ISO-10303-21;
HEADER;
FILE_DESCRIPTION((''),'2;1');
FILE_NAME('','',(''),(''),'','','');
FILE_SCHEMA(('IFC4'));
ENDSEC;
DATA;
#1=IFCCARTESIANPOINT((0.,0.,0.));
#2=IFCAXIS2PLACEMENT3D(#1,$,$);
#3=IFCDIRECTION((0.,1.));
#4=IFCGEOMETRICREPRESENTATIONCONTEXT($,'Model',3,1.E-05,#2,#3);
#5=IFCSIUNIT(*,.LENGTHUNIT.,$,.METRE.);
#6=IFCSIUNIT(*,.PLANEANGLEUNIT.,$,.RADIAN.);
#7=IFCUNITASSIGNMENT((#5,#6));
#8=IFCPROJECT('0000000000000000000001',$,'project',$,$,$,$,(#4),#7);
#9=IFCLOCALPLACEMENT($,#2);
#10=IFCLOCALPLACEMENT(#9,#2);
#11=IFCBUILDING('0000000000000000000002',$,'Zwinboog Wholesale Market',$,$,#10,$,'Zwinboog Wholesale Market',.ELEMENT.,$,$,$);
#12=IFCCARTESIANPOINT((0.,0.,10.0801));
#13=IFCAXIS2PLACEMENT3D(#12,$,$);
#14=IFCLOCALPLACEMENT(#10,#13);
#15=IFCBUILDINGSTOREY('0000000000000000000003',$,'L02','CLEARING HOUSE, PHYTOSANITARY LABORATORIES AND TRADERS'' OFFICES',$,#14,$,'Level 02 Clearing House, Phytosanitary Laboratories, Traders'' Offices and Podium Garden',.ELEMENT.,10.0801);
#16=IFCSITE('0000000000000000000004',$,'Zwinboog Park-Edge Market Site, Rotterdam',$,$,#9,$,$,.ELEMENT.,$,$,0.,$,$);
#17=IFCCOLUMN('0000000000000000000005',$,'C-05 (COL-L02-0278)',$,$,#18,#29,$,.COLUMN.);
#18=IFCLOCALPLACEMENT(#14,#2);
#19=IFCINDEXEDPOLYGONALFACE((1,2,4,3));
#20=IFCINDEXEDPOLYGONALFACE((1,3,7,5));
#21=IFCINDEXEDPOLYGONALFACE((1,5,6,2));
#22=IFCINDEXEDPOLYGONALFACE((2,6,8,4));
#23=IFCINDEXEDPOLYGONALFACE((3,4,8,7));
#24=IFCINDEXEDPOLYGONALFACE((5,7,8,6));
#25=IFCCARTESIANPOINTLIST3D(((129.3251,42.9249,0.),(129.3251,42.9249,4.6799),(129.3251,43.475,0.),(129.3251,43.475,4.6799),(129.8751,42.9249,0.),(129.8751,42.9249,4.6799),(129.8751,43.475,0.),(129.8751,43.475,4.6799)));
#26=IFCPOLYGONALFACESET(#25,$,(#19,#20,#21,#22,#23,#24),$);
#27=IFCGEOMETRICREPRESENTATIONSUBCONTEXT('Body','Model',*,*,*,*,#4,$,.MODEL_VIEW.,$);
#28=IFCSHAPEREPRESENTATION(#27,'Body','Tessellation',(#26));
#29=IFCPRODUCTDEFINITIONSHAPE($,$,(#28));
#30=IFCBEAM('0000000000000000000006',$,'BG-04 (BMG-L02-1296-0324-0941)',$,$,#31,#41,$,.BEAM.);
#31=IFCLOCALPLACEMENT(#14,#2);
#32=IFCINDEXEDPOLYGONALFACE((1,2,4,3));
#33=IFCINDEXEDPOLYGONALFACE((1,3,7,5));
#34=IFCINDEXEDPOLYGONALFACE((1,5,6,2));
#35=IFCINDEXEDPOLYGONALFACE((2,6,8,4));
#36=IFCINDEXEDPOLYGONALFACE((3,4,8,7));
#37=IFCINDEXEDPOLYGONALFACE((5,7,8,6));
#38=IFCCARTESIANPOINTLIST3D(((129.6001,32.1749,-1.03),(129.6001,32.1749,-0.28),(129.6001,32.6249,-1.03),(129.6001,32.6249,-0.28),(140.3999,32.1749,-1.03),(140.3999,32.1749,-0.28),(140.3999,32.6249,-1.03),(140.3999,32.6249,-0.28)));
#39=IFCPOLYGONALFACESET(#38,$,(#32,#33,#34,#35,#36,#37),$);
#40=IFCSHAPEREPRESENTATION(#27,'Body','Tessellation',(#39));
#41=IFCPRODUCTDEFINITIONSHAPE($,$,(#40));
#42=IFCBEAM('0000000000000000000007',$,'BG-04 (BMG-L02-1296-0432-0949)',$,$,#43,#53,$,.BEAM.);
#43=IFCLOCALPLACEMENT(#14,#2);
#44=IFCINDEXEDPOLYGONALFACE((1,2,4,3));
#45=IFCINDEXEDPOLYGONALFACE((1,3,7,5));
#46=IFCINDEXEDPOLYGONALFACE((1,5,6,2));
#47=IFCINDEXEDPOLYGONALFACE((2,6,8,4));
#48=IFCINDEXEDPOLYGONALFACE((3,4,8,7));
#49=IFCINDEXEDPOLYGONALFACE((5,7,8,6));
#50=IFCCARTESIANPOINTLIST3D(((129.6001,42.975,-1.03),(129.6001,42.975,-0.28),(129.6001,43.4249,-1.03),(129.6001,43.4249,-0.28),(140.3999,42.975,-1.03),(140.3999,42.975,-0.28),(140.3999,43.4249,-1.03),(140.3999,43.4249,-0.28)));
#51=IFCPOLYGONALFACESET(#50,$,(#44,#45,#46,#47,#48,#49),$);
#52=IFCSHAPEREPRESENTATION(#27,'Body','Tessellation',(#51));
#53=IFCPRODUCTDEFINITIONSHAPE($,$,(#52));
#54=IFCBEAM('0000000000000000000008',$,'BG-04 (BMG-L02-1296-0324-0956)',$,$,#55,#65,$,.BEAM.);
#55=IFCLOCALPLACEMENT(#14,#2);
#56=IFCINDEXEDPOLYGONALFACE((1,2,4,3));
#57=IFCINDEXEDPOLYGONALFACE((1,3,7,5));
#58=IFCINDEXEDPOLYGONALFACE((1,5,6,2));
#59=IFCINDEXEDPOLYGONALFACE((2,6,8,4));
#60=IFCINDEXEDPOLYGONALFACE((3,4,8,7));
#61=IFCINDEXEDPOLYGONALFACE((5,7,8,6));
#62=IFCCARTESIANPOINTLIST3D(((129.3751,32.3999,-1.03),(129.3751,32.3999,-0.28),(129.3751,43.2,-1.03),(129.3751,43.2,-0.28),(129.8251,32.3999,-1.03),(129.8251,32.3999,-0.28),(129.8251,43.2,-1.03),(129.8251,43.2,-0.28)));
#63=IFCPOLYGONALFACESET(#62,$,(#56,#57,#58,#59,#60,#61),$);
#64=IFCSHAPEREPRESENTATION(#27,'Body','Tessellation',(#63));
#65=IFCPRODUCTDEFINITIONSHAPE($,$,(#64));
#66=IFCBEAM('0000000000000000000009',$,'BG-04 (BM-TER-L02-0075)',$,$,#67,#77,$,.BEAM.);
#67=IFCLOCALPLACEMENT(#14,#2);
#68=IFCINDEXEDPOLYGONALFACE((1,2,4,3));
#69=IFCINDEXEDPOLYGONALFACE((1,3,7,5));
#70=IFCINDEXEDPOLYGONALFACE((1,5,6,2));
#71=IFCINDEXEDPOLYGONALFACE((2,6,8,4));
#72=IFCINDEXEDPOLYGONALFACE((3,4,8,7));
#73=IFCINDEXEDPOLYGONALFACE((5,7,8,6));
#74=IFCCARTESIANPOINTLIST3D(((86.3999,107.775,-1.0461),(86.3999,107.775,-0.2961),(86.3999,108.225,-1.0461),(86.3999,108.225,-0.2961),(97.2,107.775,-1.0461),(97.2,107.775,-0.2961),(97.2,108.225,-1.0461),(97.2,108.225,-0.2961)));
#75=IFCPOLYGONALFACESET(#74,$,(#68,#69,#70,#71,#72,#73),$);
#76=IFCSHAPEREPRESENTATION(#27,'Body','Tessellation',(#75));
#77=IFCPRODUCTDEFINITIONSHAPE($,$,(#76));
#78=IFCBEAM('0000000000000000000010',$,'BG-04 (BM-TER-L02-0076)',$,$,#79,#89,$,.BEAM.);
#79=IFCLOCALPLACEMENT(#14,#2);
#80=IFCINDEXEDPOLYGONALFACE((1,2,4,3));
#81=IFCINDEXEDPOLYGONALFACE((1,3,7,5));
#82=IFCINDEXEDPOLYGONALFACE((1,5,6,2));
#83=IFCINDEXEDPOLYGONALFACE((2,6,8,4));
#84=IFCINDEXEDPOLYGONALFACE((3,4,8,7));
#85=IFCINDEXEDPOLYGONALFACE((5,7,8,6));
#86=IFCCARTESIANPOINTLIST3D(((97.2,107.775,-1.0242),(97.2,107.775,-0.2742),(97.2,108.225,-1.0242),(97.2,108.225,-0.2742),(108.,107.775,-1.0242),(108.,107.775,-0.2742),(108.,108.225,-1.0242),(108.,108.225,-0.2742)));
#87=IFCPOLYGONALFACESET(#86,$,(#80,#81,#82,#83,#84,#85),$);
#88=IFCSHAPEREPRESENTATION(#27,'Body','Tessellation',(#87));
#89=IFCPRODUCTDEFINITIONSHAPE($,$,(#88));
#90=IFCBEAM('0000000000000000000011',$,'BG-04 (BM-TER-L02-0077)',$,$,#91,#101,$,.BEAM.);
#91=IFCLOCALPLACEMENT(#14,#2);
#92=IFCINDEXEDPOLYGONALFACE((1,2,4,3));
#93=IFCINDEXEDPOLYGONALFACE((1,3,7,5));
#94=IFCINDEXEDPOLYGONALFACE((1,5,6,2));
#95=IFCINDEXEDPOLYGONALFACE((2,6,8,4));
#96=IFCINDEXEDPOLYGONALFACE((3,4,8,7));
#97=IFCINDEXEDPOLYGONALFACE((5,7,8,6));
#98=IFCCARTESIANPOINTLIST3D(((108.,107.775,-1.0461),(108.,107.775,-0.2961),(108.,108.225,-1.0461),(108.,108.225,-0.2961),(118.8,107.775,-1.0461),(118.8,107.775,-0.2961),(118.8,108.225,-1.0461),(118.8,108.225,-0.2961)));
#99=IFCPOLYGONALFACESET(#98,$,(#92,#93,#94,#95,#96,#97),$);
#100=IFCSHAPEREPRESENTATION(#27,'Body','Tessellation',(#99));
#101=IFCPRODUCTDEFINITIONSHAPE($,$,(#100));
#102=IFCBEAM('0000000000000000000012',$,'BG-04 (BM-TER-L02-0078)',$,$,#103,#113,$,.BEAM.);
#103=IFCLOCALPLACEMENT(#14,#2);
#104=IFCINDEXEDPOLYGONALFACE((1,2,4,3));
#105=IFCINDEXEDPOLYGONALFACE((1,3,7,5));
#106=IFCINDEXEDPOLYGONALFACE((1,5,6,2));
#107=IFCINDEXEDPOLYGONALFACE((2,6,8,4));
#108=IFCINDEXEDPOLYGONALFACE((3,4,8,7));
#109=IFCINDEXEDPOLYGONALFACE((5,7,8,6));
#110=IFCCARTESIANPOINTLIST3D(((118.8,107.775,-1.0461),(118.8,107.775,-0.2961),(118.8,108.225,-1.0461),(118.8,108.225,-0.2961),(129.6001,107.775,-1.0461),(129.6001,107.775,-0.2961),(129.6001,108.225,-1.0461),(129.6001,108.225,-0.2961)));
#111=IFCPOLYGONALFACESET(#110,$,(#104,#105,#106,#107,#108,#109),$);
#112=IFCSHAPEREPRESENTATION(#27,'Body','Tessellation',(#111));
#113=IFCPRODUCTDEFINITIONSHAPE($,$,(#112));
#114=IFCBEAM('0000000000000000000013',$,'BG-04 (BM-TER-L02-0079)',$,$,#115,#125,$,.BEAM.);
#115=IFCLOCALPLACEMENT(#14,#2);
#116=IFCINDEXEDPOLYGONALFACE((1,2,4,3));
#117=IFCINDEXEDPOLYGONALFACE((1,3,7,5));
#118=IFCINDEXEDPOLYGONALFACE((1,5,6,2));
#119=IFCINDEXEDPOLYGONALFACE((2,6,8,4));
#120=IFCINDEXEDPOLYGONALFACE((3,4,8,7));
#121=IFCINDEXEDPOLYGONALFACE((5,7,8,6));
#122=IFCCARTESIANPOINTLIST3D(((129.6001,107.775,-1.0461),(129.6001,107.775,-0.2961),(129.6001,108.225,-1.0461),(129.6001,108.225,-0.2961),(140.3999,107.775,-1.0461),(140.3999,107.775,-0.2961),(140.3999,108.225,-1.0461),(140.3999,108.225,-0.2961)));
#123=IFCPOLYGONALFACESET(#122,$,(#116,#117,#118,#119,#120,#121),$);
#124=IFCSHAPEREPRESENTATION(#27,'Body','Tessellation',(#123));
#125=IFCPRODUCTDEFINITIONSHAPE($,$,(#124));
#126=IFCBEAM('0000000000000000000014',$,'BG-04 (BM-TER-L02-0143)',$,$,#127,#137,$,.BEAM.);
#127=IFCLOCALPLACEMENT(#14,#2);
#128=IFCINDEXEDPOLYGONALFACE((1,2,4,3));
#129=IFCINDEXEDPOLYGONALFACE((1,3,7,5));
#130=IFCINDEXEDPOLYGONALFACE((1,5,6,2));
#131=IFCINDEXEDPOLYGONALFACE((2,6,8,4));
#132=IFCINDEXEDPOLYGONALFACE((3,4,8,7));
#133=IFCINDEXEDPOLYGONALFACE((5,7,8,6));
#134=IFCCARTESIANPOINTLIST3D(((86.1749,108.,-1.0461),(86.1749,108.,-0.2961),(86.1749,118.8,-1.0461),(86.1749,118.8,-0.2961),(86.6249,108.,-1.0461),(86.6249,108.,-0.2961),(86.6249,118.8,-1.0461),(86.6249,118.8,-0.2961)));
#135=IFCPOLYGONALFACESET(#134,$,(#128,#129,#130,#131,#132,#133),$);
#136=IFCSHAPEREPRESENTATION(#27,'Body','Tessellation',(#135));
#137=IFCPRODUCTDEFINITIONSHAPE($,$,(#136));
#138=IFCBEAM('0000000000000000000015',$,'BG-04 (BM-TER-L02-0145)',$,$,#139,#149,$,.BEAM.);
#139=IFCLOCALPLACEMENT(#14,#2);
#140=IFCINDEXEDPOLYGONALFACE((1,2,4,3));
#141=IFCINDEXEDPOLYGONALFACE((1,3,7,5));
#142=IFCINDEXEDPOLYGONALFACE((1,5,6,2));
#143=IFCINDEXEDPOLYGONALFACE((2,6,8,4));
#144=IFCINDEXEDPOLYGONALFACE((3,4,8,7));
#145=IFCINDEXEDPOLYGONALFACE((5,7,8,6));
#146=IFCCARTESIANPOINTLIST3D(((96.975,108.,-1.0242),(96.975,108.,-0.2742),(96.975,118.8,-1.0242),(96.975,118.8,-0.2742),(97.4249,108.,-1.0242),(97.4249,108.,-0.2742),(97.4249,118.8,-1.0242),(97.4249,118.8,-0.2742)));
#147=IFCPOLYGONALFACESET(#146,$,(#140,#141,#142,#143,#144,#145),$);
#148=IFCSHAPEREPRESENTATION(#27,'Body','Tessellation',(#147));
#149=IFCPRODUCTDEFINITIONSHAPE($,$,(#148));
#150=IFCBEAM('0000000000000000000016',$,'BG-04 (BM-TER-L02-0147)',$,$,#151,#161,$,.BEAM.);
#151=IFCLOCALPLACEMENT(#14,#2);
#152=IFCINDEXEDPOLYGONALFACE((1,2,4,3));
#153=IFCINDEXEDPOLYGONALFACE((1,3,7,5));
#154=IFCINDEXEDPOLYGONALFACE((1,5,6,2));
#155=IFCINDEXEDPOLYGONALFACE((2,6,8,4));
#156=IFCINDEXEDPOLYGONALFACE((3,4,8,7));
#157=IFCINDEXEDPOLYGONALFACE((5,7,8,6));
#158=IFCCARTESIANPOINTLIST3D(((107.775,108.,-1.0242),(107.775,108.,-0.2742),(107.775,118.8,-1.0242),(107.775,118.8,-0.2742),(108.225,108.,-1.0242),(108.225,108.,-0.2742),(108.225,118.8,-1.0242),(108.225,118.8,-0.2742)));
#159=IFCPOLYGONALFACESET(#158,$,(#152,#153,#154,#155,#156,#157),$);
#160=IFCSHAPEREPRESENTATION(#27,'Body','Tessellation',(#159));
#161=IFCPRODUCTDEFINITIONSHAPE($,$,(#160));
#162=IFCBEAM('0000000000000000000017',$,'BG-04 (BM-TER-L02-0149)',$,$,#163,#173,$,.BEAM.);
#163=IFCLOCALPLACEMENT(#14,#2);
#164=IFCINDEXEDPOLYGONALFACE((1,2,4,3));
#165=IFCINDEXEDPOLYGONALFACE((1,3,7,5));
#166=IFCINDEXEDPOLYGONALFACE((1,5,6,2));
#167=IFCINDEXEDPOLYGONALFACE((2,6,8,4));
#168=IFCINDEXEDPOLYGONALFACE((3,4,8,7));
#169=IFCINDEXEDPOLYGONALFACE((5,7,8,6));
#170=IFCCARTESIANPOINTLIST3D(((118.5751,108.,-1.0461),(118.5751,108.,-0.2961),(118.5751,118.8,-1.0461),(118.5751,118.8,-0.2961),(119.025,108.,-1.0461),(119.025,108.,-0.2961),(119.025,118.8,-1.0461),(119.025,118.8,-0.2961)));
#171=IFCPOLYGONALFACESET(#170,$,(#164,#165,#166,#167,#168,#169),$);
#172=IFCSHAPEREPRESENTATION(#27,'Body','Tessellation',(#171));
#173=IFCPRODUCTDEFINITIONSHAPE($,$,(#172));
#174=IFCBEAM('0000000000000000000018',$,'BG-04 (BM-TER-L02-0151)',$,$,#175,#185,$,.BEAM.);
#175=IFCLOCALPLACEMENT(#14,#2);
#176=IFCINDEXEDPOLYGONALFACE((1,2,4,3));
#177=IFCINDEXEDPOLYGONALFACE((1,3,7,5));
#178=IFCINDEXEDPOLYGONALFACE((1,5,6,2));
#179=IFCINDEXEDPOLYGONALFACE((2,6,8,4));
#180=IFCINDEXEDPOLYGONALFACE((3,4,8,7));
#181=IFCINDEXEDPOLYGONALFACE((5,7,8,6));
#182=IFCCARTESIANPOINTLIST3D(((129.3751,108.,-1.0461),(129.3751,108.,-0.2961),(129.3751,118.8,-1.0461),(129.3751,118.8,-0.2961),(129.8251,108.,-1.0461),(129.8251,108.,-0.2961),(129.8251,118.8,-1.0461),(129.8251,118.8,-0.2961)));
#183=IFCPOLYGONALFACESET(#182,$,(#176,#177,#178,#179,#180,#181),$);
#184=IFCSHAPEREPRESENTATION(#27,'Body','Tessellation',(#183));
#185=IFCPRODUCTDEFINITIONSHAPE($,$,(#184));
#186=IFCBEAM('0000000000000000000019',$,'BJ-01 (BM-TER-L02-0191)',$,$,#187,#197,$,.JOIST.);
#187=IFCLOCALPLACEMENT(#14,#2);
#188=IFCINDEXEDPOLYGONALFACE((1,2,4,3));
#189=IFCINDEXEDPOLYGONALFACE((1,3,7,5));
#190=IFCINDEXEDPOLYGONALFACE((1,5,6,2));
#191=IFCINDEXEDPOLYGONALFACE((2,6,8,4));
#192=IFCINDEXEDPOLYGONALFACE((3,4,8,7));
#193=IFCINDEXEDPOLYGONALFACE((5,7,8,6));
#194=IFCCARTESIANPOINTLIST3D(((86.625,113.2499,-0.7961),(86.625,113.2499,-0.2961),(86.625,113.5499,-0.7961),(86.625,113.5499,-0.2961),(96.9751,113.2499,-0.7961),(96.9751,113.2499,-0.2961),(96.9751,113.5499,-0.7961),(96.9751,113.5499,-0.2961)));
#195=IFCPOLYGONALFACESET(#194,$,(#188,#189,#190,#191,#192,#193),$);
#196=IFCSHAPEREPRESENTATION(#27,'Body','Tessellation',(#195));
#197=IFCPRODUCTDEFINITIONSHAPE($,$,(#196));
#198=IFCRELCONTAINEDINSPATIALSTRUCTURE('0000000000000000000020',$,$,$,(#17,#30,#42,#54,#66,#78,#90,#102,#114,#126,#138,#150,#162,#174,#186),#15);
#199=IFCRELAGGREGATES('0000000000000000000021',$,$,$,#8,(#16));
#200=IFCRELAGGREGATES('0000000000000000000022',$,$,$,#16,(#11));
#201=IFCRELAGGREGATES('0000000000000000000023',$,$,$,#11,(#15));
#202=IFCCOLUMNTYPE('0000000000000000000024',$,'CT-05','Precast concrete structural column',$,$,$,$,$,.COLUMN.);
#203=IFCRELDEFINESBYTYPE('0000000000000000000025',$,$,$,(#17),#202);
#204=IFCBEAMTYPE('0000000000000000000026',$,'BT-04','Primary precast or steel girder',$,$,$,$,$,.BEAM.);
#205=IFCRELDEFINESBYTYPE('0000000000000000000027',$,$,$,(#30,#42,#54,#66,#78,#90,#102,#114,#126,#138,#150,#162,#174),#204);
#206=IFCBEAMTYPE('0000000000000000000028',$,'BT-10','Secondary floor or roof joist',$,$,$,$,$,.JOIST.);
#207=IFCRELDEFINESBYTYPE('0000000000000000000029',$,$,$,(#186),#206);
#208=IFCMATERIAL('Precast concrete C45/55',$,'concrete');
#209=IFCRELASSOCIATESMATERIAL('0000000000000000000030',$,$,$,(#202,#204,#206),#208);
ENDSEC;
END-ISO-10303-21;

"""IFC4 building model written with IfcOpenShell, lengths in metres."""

from ifc_helpers import new_model, si_unit, direction, frame, origin, origin_2d, place, context, subcontext, project, spatial, rectangle, extrude, material, material_profile, profile_set, type_object, element, save


model = new_model("IFC4")

# Units and contexts
model_context = context("Model", 3, precision=1e-05, world=origin(), true_north=direction((0.0, 1.0)))
body_context = subcontext(model_context, "Body", "Model", "MODEL_VIEW")
ifc_project = project(units=[si_unit("LENGTHUNIT", "METRE"), si_unit("PLANEANGLEUNIT", "RADIAN")], contexts=[model_context])

# Site, building, storey
site_placement = place(None, origin())
site = spatial("IfcSite", under=ifc_project, at=site_placement, Name="Zwinboog Park-Edge Market Site, Rotterdam", CompositionType="ELEMENT", RefElevation=0.0)
building_placement = place(site_placement, origin())
building = spatial("IfcBuilding", under=site, at=building_placement, Name="Zwinboog Wholesale Market", LongName="Zwinboog Wholesale Market", CompositionType="ELEMENT")
storey_placement = place(building_placement, frame((0.0, 0.0, 10.0801)))
storey = spatial("IfcBuildingStorey", under=building, at=storey_placement, Name="L02", Description="CLEARING HOUSE, PHYTOSANITARY LABORATORIES AND TRADERS' OFFICES", LongName="Level 02 Clearing House, Phytosanitary Laboratories, Traders' Offices and Podium Garden", CompositionType="ELEMENT", Elevation=10.0801)

# Column
ifc_material_1 = material(Name="Precast concrete C45/55", Category="concrete")
ifc_material_profile_1 = material_profile(ifc_material_1, rectangle(XDim=0.55, YDim=0.55, at=origin_2d()), Name="PC 550x550")
ifc_profile_set_1 = profile_set([ifc_material_profile_1], Name="Precast concrete C45/55")
column_type = type_object("IfcColumnType", Name="CT-05", Description="Precast concrete structural column", PredefinedType="COLUMN", material=ifc_profile_set_1)
column_placement = place(storey_placement, frame((129.6001, 43.2, 0.0), z_axis=(0.0, 0.0, 1.0), x_axis=(1.0, 0.0, 0.0)))
element("IfcColumn", 1, at=column_placement, inside=storey, type_object=column_type, Name="C-05 (COL-L02-0278)", PredefinedType="COLUMN", context=body_context, shape_type="SweptSolid", body=[
    extrude(rectangle(XDim=0.55, YDim=0.55, at=origin_2d()), origin(), (0.0, 0.0, 1.0), 4.6799),
])

# Beams
ifc_material_profile_2 = material_profile(ifc_material_1, rectangle(XDim=0.45, YDim=0.75, at=origin_2d()), Name="PC 450x750")
ifc_profile_set_2 = profile_set([ifc_material_profile_2], Name="Precast concrete C45/55")
beam_type_1 = type_object("IfcBeamType", Name="BT-04", Description="Primary precast or steel girder", PredefinedType="BEAM", material=ifc_profile_set_2)
for number, where, z_axis, x_axis, name in (
    (2, (129.6001, 32.3999, -0.655), (1.0, 0.0, 0.0), (0.0, 1.0, 0.0), "BG-04 (BMG-L02-1296-0324-0941)"),
    (3, (129.6001, 43.2, -0.655), (1.0, 0.0, 0.0), (0.0, 1.0, 0.0), "BG-04 (BMG-L02-1296-0432-0949)"),
):
    element("IfcBeam", number, at=place(storey_placement, frame(where, z_axis=z_axis, x_axis=x_axis)), inside=storey, type_object=beam_type_1, Name=name, PredefinedType="BEAM", context=body_context, shape_type="SweptSolid", body=[
        extrude(rectangle(XDim=0.45, YDim=0.75, at=origin_2d()), origin(), (0.0, 0.0, 1.0), 10.7998),
    ])
for number, where, z_axis, x_axis, name in (
    (4, (129.6001, 32.3999, -0.655), (0.0, 1.0, 0.0), (-1.0, 0.0, 0.0), "BG-04 (BMG-L02-1296-0324-0956)"),
    (5, (86.3999, 108.0, -0.6711), (1.0, 0.0, 0.0), (0.0, 1.0, 0.0), "BG-04 (BM-TER-L02-0075)"),
    (6, (97.2, 108.0, -0.6492), (1.0, 0.0, 0.0), (0.0, 1.0, 0.0), "BG-04 (BM-TER-L02-0076)"),
    (7, (108.0, 108.0, -0.6711), (1.0, 0.0, 0.0), (0.0, 1.0, 0.0), "BG-04 (BM-TER-L02-0077)"),
    (8, (118.8, 108.0, -0.6711), (1.0, 0.0, 0.0), (0.0, 1.0, 0.0), "BG-04 (BM-TER-L02-0078)"),
):
    element("IfcBeam", number, at=place(storey_placement, frame(where, z_axis=z_axis, x_axis=x_axis)), inside=storey, type_object=beam_type_1, Name=name, PredefinedType="BEAM", context=body_context, shape_type="SweptSolid", body=[
        extrude(rectangle(XDim=0.45, YDim=0.75, at=origin_2d()), origin(), (0.0, 0.0, 1.0), 10.8),
    ])
beam_1_placement = place(storey_placement, frame((129.6001, 108.0, -0.6711), z_axis=(1.0, 0.0, 0.0), x_axis=(0.0, 1.0, 0.0)))
element("IfcBeam", 9, at=beam_1_placement, inside=storey, type_object=beam_type_1, Name="BG-04 (BM-TER-L02-0079)", PredefinedType="BEAM", context=body_context, shape_type="SweptSolid", body=[
    extrude(rectangle(XDim=0.45, YDim=0.75, at=origin_2d()), origin(), (0.0, 0.0, 1.0), 10.7998),
])
for number, where, z_axis, x_axis, name in (
    (10, (86.3999, 108.0, -0.6711), (0.0, 1.0, 0.0), (-1.0, 0.0, 0.0), "BG-04 (BM-TER-L02-0143)"),
    (11, (97.2, 108.0, -0.6492), (0.0, 1.0, 0.0), (-1.0, 0.0, 0.0), "BG-04 (BM-TER-L02-0145)"),
    (12, (108.0, 108.0, -0.6492), (0.0, 1.0, 0.0), (-1.0, 0.0, 0.0), "BG-04 (BM-TER-L02-0147)"),
    (13, (118.8, 108.0, -0.6711), (0.0, 1.0, 0.0), (-1.0, 0.0, 0.0), "BG-04 (BM-TER-L02-0149)"),
    (14, (129.6001, 108.0, -0.6711), (0.0, 1.0, 0.0), (-1.0, 0.0, 0.0), "BG-04 (BM-TER-L02-0151)"),
):
    element("IfcBeam", number, at=place(storey_placement, frame(where, z_axis=z_axis, x_axis=x_axis)), inside=storey, type_object=beam_type_1, Name=name, PredefinedType="BEAM", context=body_context, shape_type="SweptSolid", body=[
        extrude(rectangle(XDim=0.45, YDim=0.75, at=origin_2d()), origin(), (0.0, 0.0, 1.0), 10.8),
    ])
ifc_material_profile_3 = material_profile(ifc_material_1, rectangle(XDim=0.3, YDim=0.5, at=origin_2d()), Name="PC 300x500")
ifc_profile_set_3 = profile_set([ifc_material_profile_3], Name="Precast concrete C45/55")
beam_type_2 = type_object("IfcBeamType", Name="BT-10", Description="Secondary floor or roof joist", PredefinedType="JOIST", material=ifc_profile_set_3)
beam_2_placement = place(storey_placement, frame((86.625, 113.3999, -0.5461), z_axis=(1.0, 0.0, 0.0), x_axis=(0.0, 1.0, 0.0)))
element("IfcBeam", 15, at=beam_2_placement, inside=storey, type_object=beam_type_2, Name="BJ-01 (BM-TER-L02-0191)", PredefinedType="JOIST", context=body_context, shape_type="SweptSolid", body=[
    extrude(rectangle(XDim=0.3, YDim=0.5, at=origin_2d()), origin(), (0.0, 0.0, 1.0), 10.3501),
])

save(model, "model.ifc")
